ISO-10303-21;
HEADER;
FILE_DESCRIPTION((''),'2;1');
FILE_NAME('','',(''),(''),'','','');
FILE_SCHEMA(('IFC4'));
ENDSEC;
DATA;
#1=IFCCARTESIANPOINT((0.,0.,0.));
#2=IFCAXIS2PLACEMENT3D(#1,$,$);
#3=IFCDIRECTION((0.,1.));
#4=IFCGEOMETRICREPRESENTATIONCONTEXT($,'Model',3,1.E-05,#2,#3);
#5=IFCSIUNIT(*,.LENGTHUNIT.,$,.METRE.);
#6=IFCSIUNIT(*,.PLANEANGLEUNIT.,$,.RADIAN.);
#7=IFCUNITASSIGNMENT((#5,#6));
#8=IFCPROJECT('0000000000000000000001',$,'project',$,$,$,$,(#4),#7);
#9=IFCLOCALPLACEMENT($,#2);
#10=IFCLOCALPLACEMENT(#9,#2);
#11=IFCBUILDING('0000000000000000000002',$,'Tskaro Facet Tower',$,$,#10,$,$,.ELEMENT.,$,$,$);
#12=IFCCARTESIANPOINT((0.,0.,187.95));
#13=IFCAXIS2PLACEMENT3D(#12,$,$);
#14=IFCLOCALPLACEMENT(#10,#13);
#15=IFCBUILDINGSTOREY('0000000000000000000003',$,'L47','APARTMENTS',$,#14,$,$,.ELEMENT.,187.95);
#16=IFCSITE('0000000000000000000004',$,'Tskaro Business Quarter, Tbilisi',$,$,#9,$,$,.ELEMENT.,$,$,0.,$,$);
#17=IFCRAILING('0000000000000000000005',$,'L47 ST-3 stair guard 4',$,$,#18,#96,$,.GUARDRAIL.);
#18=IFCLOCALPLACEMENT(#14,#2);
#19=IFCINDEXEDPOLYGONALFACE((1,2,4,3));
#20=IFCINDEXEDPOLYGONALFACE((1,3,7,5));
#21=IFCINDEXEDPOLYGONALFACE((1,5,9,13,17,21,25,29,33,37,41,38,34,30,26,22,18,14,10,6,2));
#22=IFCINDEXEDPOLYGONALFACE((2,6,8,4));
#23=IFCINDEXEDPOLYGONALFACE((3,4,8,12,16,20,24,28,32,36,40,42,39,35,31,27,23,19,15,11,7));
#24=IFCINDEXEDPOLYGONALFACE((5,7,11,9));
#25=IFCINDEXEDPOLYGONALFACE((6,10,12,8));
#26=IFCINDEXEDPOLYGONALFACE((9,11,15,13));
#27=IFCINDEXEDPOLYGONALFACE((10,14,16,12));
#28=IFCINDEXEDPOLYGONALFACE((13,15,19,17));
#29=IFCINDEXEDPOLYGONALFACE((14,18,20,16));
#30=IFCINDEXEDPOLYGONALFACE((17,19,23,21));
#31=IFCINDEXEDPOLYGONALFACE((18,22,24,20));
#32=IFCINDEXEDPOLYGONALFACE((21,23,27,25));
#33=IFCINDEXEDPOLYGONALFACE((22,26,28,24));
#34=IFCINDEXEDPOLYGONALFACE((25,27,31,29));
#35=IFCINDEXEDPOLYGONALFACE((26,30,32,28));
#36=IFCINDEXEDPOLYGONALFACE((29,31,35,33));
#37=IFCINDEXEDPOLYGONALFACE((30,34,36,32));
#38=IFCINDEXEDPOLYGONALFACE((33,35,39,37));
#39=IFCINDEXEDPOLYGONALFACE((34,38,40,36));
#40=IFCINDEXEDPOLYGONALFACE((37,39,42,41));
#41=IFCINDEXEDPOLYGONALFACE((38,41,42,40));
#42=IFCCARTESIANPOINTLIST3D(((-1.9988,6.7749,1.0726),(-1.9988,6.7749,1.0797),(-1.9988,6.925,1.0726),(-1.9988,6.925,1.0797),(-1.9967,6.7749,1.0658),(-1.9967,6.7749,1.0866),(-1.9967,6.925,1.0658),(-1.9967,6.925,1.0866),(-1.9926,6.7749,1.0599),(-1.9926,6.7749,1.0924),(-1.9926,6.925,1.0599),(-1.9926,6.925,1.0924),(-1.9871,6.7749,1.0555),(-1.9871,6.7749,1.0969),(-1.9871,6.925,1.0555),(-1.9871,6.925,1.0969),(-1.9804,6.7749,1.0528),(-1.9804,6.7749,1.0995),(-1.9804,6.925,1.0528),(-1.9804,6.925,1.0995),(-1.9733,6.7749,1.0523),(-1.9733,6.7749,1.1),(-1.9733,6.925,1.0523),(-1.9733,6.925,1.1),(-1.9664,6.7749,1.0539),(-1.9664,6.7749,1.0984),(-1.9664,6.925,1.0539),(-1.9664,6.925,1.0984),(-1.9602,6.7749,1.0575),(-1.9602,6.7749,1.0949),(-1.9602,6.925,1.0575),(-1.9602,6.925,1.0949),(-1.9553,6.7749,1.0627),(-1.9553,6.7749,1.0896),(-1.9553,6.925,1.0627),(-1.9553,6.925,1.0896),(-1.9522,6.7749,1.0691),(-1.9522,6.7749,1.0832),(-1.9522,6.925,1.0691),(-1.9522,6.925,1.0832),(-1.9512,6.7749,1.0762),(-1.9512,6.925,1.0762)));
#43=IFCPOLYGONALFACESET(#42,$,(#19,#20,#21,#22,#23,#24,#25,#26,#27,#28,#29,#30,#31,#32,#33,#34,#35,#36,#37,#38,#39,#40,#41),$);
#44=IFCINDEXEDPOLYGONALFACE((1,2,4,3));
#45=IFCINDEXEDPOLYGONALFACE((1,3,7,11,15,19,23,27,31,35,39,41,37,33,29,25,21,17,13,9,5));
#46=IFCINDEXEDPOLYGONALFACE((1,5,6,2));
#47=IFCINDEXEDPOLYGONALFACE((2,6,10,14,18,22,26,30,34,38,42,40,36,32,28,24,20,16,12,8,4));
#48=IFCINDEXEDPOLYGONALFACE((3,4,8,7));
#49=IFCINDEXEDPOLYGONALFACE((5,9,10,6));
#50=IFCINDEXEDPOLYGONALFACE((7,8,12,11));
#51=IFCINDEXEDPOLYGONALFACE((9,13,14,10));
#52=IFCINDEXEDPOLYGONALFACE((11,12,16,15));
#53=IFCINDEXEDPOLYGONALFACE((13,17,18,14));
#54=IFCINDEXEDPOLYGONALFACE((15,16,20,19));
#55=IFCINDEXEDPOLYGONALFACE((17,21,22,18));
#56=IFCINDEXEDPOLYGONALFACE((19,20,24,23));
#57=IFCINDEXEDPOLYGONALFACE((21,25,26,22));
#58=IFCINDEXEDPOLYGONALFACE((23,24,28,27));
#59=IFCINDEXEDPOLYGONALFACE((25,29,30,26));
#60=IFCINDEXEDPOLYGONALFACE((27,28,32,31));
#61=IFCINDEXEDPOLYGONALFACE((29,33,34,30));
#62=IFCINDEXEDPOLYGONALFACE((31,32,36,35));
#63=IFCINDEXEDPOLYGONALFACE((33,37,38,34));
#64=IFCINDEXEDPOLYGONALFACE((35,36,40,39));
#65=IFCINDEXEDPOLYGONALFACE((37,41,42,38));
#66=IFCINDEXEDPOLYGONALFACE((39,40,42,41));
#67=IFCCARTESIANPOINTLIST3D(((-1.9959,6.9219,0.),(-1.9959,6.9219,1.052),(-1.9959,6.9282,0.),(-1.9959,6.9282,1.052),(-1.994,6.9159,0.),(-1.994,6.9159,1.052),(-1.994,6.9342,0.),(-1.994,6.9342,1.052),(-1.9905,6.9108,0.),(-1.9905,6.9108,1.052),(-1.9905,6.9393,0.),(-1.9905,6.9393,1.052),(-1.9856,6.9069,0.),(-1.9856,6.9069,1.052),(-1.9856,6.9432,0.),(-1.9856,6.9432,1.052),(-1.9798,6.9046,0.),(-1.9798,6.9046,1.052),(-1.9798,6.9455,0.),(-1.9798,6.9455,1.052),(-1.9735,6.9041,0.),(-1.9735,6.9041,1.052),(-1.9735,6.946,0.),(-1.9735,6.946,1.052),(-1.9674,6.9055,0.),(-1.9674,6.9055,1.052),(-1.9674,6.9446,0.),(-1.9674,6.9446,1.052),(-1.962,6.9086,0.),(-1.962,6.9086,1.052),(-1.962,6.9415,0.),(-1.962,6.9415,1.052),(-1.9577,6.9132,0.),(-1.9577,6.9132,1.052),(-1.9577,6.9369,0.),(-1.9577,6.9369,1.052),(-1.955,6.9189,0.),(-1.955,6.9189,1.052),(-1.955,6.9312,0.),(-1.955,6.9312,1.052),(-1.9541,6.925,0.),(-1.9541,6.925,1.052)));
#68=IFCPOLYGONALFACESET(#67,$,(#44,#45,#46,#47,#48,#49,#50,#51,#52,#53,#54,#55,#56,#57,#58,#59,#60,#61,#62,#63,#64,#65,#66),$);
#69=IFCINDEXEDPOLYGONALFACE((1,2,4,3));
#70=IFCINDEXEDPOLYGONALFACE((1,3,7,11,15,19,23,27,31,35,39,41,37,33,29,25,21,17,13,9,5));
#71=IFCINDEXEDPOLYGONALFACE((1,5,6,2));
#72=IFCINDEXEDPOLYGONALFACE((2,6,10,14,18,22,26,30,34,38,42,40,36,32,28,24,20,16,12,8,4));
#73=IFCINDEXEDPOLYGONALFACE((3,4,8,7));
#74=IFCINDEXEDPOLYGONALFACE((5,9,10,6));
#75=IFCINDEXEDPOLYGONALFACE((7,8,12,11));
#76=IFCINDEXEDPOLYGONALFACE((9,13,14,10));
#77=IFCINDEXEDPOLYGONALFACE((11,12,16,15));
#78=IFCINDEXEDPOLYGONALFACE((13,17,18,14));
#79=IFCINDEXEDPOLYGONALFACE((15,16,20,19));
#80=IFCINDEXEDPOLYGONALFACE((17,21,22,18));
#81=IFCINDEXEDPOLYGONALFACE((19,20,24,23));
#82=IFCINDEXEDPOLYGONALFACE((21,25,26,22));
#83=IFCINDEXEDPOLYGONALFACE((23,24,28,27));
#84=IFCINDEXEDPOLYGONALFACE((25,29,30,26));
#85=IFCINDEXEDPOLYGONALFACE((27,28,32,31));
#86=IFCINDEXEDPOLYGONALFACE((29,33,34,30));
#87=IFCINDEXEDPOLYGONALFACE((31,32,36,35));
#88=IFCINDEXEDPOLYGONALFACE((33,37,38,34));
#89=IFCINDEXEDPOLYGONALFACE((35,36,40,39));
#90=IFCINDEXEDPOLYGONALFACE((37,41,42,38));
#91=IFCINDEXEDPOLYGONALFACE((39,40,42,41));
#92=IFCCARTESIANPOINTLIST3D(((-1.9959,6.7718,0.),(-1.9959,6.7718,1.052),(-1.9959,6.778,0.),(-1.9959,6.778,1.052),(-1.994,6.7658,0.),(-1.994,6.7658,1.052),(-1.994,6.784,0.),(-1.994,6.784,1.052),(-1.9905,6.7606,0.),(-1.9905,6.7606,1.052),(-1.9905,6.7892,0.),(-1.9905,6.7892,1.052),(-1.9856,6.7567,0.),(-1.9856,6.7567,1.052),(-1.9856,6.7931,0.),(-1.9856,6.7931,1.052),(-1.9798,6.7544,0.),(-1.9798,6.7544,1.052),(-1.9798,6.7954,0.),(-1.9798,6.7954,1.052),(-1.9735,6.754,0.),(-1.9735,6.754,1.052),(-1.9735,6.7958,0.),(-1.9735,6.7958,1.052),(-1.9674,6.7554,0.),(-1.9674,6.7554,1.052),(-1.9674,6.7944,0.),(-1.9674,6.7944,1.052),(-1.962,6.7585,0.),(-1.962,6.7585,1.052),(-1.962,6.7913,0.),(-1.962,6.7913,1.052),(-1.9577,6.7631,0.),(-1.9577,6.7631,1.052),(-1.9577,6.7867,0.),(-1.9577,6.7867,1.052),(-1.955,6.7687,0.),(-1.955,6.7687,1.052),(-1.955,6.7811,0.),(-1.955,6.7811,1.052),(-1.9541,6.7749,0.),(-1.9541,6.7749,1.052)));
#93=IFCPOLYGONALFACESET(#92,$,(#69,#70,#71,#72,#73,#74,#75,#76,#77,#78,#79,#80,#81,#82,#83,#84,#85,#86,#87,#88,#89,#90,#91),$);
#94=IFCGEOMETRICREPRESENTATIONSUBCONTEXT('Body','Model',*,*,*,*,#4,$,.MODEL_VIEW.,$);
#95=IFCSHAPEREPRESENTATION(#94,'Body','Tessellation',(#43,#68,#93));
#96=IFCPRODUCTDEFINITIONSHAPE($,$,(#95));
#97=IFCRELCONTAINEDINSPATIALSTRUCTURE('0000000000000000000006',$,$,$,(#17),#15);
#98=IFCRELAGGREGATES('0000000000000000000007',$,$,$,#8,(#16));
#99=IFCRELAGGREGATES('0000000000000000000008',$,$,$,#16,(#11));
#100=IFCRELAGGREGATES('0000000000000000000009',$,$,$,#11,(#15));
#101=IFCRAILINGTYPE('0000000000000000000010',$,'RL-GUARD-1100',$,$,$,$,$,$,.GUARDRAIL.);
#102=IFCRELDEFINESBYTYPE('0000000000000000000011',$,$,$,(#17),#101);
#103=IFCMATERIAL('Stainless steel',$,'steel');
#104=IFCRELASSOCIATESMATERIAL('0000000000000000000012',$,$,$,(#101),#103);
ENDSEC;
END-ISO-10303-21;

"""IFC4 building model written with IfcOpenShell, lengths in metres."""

from ifc_helpers import new_model, si_unit, direction, frame, origin, origin_2d, place, context, subcontext, project, spatial, circle, extrude, material, type_object, element, save


model = new_model("IFC4")

# Units and contexts
model_context = context("Model", 3, precision=1e-05, world=origin(), true_north=direction((0.0, 1.0)))
body_context = subcontext(model_context, "Body", "Model", "MODEL_VIEW")
ifc_project = project(units=[si_unit("LENGTHUNIT", "METRE"), si_unit("PLANEANGLEUNIT", "RADIAN")], contexts=[model_context])

# Site, building, storey
site_placement = place(None, origin())
site = spatial("IfcSite", under=ifc_project, at=site_placement, Name="Tskaro Business Quarter, Tbilisi", CompositionType="ELEMENT", RefElevation=0.0)
building_placement = place(site_placement, origin())
building = spatial("IfcBuilding", under=site, at=building_placement, Name="Tskaro Facet Tower", CompositionType="ELEMENT")
storey_placement = place(building_placement, frame((0.0, 0.0, 187.95)))
storey = spatial("IfcBuildingStorey", under=building, at=storey_placement, Name="L47", Description="APARTMENTS", CompositionType="ELEMENT", Elevation=187.95)

# Railing
ifc_material_1 = material(Name="Stainless steel", Category="steel")
railing_type_1 = type_object("IfcRailingType", Name="RL-GUARD-1100", PredefinedType="GUARDRAIL", material=ifc_material_1)
railing_1_placement = place(storey_placement, frame((-1.9751, 6.925, 0.0)))
element("IfcRailing", 1, at=railing_1_placement, inside=storey, type_object=railing_type_1, Name="L47 ST-3 stair guard 4", PredefinedType="GUARDRAIL", context=body_context, shape_type="SweptSolid", body=[
    extrude(circle(Radius=0.0239, at=origin_2d()), frame((0.0, 0.0, 1.0762), z_axis=(0.0, -1.0, 0.0), x_axis=(1.0, 0.0, 0.0)), (0.0, 0.0, 1.0), 0.1501),
    extrude(circle(Radius=0.021, at=origin_2d()), origin(), (0.0, 0.0, 1.0), 1.052),
    extrude(circle(Radius=0.021, at=origin_2d()), frame((0.0, -0.1501, 0.0)), (0.0, 0.0, 1.0), 1.052),
])

save(model, "model.ifc")
